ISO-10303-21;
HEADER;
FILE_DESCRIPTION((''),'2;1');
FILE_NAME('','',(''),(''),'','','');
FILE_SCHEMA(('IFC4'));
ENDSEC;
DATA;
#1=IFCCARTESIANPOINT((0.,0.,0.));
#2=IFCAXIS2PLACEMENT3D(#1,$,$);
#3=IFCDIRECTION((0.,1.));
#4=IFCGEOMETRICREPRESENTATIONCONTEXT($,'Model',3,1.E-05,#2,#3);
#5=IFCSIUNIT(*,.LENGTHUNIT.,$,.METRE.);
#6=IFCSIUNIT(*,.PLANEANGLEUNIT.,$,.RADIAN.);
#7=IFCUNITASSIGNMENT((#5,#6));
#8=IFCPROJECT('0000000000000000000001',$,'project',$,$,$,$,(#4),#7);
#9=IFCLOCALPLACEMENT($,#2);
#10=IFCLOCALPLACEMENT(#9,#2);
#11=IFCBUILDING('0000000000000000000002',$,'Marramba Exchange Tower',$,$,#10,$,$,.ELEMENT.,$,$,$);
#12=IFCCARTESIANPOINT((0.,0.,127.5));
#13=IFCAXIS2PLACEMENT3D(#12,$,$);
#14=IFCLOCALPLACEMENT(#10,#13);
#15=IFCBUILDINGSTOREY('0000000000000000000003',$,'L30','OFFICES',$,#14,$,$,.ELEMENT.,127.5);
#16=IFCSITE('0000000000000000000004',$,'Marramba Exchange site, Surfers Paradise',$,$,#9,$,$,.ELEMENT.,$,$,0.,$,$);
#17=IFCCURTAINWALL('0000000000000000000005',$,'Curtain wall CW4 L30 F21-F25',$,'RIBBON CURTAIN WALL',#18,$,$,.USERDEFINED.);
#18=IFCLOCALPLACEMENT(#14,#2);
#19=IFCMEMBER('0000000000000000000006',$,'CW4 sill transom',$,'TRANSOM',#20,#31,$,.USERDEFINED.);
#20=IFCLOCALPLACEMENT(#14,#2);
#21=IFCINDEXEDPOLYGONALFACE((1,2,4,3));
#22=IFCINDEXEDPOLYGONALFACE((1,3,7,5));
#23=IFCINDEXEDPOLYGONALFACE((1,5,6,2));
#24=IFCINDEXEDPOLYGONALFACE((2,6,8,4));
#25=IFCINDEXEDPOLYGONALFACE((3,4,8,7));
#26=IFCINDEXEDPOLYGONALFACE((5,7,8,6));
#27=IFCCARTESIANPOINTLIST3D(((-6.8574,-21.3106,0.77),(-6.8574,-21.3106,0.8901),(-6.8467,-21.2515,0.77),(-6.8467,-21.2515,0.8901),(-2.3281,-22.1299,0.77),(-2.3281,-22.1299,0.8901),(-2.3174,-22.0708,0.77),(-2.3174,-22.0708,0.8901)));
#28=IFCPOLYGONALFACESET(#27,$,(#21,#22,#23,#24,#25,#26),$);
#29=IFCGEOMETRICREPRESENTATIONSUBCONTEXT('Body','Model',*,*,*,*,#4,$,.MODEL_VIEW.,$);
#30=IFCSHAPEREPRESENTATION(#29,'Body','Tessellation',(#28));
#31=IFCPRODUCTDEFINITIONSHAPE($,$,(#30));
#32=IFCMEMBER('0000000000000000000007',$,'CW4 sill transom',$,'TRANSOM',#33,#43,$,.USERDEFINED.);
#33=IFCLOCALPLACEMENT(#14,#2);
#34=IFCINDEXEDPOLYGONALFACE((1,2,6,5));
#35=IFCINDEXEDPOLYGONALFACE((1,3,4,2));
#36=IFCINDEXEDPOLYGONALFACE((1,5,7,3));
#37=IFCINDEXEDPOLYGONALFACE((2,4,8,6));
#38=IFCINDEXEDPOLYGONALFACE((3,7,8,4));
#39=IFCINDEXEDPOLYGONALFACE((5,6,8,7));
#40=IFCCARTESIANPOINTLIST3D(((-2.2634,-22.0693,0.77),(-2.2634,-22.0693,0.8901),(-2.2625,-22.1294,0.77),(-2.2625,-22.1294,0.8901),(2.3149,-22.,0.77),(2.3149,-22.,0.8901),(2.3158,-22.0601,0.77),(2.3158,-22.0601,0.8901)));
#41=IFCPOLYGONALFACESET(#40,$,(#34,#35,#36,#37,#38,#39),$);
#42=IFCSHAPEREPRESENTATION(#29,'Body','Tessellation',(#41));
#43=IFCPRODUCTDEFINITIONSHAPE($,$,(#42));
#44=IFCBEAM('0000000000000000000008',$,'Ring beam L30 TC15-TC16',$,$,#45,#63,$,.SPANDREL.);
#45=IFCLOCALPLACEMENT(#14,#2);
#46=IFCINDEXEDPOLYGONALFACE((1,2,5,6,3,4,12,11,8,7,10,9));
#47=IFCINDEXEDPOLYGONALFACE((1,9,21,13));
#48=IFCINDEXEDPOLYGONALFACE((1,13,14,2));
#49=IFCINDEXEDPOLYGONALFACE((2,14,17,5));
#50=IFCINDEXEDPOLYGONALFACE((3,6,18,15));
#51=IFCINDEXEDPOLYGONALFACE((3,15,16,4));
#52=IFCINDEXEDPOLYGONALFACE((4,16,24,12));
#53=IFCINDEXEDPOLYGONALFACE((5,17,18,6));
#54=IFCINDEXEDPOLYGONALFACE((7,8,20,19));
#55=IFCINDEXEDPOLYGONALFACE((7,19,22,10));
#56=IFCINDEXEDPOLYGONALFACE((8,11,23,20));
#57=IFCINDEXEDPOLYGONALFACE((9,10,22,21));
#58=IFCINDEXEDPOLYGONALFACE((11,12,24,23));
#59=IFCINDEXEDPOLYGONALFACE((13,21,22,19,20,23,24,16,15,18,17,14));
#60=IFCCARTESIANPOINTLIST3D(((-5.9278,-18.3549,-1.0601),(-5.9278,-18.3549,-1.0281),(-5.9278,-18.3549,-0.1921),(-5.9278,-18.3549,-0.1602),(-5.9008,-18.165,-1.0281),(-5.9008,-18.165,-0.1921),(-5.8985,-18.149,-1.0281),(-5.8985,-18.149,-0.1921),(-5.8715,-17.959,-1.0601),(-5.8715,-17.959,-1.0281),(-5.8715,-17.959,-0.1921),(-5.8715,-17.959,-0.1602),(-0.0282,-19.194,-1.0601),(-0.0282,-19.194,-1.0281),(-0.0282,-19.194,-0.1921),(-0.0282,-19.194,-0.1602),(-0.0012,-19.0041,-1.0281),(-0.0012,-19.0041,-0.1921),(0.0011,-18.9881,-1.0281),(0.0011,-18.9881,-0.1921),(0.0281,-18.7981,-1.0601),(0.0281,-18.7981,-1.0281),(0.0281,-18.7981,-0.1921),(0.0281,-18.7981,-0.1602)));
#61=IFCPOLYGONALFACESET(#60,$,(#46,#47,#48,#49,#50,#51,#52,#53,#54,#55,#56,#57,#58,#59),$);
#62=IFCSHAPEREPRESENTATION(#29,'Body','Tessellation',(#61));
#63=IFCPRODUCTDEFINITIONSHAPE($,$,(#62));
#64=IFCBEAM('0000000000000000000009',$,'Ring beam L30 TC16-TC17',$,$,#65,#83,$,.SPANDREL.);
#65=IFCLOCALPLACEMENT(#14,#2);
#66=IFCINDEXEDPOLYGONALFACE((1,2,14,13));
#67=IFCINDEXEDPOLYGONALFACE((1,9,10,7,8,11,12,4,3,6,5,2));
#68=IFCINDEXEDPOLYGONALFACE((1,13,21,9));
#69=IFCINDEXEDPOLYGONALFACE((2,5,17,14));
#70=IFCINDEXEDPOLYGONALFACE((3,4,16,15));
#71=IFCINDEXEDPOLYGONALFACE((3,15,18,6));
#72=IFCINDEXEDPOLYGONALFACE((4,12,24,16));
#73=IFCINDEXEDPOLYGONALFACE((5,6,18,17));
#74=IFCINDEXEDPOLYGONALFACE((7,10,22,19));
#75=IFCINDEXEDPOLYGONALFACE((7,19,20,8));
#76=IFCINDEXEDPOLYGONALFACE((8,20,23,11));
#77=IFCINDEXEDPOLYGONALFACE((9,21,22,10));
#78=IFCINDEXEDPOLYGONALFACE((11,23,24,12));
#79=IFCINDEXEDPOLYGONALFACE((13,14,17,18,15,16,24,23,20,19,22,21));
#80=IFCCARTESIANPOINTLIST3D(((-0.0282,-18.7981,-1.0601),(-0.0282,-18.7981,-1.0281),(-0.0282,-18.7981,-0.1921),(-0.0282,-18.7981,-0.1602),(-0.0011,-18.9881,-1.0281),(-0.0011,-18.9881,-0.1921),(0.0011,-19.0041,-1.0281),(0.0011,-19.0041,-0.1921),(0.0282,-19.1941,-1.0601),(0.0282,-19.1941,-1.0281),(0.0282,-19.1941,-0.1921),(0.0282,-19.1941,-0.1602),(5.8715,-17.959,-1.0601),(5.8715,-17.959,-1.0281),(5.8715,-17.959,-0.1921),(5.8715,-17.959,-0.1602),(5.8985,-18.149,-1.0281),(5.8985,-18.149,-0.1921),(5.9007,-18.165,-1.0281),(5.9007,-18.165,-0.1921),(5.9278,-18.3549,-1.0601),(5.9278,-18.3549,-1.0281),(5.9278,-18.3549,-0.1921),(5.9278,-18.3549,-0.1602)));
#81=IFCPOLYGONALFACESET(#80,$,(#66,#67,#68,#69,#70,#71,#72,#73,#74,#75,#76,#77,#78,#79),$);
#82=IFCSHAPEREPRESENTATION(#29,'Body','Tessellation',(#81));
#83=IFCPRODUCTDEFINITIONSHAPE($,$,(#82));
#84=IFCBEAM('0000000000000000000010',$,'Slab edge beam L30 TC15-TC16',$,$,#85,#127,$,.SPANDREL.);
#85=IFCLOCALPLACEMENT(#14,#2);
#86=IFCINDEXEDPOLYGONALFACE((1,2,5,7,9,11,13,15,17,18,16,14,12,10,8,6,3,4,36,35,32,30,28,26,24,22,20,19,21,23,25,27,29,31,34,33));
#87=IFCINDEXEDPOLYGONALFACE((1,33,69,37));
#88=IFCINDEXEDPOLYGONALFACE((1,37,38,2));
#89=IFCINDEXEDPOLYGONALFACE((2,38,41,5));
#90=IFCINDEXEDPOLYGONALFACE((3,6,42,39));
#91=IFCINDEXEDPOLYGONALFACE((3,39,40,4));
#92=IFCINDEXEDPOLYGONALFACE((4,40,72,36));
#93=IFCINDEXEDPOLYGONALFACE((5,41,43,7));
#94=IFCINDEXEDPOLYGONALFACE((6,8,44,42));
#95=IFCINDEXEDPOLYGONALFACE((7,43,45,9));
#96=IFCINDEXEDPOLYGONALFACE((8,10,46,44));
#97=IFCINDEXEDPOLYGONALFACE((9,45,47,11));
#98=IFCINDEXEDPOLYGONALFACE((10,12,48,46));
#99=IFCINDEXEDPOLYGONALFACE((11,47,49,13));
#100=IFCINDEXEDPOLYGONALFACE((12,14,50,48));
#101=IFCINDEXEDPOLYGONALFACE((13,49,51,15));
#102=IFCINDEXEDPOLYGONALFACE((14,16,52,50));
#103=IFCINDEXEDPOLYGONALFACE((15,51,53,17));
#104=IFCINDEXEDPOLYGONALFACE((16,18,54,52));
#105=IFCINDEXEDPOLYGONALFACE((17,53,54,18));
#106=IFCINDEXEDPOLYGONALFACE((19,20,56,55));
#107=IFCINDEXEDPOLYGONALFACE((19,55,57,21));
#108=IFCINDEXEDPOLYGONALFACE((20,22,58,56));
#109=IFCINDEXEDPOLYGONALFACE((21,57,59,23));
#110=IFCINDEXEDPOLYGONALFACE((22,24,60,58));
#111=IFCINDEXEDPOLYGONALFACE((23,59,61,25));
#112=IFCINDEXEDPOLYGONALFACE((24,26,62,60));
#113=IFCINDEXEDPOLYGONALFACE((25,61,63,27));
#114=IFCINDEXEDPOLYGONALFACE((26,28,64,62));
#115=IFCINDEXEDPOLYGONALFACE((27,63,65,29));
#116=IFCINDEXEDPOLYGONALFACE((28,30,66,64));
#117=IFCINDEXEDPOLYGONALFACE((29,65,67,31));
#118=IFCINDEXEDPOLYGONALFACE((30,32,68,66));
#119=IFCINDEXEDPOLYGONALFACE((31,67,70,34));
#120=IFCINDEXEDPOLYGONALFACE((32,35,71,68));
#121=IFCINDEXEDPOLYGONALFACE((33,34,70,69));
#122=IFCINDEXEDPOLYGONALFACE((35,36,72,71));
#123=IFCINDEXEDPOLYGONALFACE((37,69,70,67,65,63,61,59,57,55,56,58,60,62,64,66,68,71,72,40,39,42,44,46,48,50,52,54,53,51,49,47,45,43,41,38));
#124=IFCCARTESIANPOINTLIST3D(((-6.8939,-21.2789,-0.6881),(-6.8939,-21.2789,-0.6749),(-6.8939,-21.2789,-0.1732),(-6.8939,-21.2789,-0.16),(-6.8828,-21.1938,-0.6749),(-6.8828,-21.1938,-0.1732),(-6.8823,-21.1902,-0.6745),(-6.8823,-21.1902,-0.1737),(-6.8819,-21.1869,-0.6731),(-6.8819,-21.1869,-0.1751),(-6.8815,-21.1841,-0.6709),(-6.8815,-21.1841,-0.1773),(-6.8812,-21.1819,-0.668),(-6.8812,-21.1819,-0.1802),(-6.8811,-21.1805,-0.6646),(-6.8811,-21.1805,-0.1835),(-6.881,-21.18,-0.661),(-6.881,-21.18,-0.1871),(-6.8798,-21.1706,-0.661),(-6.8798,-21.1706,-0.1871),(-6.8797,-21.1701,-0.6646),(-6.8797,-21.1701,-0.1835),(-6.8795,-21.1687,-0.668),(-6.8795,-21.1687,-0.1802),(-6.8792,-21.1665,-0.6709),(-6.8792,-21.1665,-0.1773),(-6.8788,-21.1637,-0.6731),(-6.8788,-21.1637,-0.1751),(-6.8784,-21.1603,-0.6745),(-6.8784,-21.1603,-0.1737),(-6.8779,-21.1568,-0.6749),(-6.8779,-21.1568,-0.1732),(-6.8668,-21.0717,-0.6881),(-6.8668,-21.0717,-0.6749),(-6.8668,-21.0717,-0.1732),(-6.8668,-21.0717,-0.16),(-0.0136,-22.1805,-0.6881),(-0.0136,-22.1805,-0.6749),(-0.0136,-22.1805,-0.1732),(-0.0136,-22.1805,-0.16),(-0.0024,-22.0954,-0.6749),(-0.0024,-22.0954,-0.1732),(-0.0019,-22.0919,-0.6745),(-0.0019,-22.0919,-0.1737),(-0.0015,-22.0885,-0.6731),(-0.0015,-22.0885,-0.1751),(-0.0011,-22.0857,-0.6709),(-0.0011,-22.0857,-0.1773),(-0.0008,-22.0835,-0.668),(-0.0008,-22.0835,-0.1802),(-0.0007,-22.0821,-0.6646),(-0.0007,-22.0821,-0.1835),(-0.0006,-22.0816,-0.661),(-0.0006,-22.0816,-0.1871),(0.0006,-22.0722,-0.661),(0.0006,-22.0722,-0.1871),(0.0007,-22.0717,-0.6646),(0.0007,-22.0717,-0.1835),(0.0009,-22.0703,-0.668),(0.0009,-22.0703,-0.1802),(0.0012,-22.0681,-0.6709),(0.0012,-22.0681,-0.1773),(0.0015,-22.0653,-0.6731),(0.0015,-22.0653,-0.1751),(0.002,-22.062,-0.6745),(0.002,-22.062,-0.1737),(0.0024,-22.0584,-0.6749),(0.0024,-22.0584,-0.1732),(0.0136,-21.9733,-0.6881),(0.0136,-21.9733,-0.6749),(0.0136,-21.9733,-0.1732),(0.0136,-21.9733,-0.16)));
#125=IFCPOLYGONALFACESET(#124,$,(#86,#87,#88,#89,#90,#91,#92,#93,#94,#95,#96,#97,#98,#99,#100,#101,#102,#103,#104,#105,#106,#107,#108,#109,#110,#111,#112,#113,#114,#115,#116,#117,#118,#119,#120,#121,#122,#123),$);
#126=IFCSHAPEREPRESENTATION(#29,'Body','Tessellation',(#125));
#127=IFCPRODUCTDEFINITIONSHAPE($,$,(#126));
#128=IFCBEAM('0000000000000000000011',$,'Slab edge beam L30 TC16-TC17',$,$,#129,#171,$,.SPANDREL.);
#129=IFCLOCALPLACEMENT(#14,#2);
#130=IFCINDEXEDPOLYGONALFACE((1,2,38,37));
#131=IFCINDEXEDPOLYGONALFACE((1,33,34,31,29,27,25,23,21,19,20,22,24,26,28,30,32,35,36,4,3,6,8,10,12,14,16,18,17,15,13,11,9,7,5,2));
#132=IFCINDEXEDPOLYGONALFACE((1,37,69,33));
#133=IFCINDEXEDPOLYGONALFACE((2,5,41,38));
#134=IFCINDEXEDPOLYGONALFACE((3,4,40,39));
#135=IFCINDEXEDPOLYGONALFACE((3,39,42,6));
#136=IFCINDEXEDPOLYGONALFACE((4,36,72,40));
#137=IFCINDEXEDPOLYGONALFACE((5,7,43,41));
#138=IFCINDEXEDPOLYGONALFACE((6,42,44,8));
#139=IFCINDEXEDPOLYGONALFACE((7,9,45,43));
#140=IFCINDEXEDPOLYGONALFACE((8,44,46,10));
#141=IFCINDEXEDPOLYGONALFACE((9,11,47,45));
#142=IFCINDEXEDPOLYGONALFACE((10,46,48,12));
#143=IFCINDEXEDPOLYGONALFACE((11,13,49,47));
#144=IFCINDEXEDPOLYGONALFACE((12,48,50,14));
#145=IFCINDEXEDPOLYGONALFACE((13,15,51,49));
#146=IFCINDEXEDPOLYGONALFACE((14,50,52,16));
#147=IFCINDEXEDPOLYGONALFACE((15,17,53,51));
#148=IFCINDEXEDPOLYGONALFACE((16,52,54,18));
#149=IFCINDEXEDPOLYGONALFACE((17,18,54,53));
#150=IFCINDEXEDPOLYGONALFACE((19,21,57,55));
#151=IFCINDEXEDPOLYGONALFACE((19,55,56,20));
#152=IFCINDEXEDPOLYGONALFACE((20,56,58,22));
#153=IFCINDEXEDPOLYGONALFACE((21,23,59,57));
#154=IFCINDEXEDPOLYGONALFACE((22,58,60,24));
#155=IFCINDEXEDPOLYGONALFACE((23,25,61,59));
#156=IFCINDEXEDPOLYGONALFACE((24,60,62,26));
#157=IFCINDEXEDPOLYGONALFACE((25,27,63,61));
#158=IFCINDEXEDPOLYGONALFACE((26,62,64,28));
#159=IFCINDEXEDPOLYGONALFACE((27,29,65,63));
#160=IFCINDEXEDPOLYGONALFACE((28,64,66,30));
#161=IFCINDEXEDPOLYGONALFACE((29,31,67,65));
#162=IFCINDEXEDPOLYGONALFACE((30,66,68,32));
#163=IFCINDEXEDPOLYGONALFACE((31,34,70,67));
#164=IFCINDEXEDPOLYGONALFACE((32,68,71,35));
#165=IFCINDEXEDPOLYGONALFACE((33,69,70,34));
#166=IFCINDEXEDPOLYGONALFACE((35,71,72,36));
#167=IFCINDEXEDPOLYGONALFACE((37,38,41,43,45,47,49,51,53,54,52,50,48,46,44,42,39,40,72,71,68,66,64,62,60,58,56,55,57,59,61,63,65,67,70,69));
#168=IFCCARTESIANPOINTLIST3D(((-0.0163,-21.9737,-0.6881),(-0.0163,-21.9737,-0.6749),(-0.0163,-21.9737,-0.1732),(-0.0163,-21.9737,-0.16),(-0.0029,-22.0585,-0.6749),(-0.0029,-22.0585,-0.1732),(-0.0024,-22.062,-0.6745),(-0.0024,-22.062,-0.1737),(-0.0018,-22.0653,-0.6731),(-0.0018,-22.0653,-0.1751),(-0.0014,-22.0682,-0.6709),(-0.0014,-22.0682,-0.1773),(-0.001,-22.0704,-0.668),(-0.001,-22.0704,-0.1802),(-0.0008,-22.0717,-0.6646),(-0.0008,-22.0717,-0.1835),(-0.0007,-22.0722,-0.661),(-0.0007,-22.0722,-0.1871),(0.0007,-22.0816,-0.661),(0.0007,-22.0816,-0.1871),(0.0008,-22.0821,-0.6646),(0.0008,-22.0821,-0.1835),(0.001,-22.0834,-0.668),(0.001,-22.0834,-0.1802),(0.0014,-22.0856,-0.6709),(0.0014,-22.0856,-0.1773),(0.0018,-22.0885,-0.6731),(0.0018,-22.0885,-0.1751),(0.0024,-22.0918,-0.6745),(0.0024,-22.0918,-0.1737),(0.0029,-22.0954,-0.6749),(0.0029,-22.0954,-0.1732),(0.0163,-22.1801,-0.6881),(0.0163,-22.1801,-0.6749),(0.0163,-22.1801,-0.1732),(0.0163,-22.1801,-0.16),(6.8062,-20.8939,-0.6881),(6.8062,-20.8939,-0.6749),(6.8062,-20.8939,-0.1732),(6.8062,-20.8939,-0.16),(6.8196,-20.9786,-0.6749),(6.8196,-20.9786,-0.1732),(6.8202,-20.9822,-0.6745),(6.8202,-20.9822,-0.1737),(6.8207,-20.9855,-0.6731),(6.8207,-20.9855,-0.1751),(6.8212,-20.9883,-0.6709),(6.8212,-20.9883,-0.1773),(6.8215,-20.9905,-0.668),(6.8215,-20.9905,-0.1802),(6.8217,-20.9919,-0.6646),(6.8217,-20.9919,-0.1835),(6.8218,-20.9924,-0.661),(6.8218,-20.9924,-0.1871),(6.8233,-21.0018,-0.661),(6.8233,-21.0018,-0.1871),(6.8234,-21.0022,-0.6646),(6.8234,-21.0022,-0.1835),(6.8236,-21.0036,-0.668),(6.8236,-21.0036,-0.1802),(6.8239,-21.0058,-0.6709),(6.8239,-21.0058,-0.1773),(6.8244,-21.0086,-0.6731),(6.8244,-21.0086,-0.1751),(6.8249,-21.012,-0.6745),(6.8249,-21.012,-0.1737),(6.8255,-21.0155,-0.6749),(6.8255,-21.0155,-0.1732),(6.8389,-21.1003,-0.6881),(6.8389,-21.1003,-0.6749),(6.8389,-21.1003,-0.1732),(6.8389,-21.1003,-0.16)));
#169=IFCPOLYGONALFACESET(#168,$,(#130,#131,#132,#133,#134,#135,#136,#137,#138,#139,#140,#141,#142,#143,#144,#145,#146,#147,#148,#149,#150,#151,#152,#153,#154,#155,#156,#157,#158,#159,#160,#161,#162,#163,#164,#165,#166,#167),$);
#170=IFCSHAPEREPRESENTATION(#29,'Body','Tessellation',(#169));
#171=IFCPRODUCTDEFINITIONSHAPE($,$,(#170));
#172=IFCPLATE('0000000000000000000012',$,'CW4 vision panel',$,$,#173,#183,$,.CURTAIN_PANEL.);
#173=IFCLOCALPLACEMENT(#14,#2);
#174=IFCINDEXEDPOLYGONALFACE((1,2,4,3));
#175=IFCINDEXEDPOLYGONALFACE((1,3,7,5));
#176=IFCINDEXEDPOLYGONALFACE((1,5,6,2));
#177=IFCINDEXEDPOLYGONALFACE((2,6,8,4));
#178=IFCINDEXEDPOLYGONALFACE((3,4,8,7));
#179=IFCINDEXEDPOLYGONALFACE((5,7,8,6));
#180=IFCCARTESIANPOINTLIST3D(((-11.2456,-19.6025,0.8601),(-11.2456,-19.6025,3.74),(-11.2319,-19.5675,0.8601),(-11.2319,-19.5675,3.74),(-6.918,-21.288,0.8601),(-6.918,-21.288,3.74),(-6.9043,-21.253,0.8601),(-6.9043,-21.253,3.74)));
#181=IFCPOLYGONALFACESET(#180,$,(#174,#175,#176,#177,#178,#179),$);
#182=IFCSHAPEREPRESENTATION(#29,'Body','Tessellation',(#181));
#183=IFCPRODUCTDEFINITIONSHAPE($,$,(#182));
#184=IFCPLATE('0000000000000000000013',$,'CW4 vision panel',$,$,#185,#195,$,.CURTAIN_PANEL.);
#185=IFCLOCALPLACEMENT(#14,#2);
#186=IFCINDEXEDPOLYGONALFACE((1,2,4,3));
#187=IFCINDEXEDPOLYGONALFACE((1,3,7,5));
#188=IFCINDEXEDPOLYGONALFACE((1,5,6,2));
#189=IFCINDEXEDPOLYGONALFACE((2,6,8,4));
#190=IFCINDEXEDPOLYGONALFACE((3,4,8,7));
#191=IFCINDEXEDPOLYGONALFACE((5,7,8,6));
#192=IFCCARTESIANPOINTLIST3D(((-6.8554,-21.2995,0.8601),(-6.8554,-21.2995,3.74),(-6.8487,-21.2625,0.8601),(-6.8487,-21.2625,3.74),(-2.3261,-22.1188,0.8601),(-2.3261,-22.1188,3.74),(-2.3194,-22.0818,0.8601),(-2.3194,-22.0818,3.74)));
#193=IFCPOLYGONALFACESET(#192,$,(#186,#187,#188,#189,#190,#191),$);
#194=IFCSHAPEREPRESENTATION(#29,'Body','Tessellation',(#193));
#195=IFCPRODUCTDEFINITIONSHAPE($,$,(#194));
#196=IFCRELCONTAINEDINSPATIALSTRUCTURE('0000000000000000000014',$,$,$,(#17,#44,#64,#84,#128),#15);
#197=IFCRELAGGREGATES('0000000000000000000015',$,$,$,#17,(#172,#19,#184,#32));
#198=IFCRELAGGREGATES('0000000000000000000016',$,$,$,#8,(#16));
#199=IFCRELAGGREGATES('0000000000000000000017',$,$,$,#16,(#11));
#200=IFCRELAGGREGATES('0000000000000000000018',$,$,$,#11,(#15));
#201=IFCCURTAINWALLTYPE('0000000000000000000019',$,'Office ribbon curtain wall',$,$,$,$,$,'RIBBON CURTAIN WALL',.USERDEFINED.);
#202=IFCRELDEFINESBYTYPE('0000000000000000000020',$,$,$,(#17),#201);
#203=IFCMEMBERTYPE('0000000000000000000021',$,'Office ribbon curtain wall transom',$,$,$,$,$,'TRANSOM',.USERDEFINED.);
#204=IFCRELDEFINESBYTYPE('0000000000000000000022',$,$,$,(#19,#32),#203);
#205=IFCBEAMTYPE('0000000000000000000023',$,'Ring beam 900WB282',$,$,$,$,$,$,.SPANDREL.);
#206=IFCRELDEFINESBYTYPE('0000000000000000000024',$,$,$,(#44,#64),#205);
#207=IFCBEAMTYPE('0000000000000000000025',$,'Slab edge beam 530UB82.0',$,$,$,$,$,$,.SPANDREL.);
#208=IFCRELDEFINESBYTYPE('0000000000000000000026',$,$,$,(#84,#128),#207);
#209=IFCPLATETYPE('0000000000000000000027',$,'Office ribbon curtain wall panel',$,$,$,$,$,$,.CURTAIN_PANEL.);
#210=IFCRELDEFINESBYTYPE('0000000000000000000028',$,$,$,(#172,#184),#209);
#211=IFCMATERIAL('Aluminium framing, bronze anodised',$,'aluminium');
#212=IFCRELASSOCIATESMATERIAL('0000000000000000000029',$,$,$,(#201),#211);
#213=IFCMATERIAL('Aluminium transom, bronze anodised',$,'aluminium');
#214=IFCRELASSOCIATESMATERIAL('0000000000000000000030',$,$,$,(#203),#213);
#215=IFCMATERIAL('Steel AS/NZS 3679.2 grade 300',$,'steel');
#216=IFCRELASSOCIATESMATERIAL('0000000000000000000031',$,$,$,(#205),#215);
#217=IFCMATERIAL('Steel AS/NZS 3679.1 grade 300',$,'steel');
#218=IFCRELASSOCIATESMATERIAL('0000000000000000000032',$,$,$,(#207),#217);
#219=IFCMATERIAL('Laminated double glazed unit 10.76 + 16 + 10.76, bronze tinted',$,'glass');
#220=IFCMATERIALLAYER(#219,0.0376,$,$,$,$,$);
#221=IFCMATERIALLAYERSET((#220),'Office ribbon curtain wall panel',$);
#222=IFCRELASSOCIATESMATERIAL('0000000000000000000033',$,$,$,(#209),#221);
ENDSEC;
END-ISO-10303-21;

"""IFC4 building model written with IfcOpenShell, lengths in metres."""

from ifc_helpers import new_model, si_unit, direction, frame, origin, origin_2d, place, context, subcontext, project, spatial, rectangle, i_section, extrude, material, layer, layer_set, material_profile, profile_set, type_object, element, aggregate, save


model = new_model("IFC4")

# Units and contexts
model_context = context("Model", 3, precision=1e-05, world=origin(), true_north=direction((0.0, 1.0)))
body_context = subcontext(model_context, "Body", "Model", "MODEL_VIEW")
ifc_project = project(units=[si_unit("LENGTHUNIT", "METRE"), si_unit("PLANEANGLEUNIT", "RADIAN")], contexts=[model_context])

# Site, building, storey
site_placement = place(None, origin())
site = spatial("IfcSite", under=ifc_project, at=site_placement, Name="Marramba Exchange site, Surfers Paradise", CompositionType="ELEMENT", RefElevation=0.0)
building_placement = place(site_placement, origin())
building = spatial("IfcBuilding", under=site, at=building_placement, Name="Marramba Exchange Tower", CompositionType="ELEMENT")
storey_placement = place(building_placement, frame((0.0, 0.0, 127.5)))
storey = spatial("IfcBuildingStorey", under=building, at=storey_placement, Name="L30", Description="OFFICES", CompositionType="ELEMENT", Elevation=127.5)

# Shared definitions
ifc_material_1 = material(Name="Steel AS/NZS 3679.2 grade 300", Category="steel")
ifc_material_2 = material(Name="Steel AS/NZS 3679.1 grade 300", Category="steel")

# Curtain wall, members
ifc_material_3 = material(Name="Aluminium framing, bronze anodised", Category="aluminium")
curtain_wall_type = type_object("IfcCurtainWallType", Name="Office ribbon curtain wall", ElementType="RIBBON CURTAIN WALL", PredefinedType="USERDEFINED", material=ifc_material_3)
curtain_wall_placement = place(storey_placement, origin())
curtain_wall = element("IfcCurtainWall", 1, at=curtain_wall_placement, inside=storey, type_object=curtain_wall_type, Name="Curtain wall CW4 L30 F21-F25", ObjectType="RIBBON CURTAIN WALL", PredefinedType="USERDEFINED")
ifc_material_4 = material(Name="Aluminium transom, bronze anodised", Category="aluminium")
ifc_material_profile_1 = material_profile(ifc_material_4, rectangle(XDim=0.0601, YDim=0.1201, at=origin_2d()), Name="CW4 transom 60x120")
ifc_profile_set_1 = profile_set([ifc_material_profile_1], Name="Aluminium transom, bronze anodised")
member_type_1 = type_object("IfcMemberType", Name="Office ribbon curtain wall transom", ElementType="TRANSOM", PredefinedType="USERDEFINED", material=ifc_profile_set_1)
member_1_placement = place(storey_placement, frame((-6.8521, -21.281, 0.8301), z_axis=(0.984029, -0.178008, 0.0), x_axis=(0.178008, 0.984029, 0.0)))
member_1 = element("IfcMember", 2, at=member_1_placement, type_object=member_type_1, Name="CW4 sill transom", ObjectType="TRANSOM", PredefinedType="USERDEFINED", context=body_context, shape_type="SweptSolid", body=[
    extrude(rectangle(XDim=0.0601, YDim=0.1201, at=origin_2d()), origin(), (0.0, 0.0, 1.0), 4.6028),
])
member_2_placement = place(storey_placement, frame((-2.2629, -22.0994, 0.8301), z_axis=(0.999885, 0.015143, 0.0), x_axis=(-0.015143, 0.999885, 0.0)))
member_2 = element("IfcMember", 3, at=member_2_placement, type_object=member_type_1, Name="CW4 sill transom", ObjectType="TRANSOM", PredefinedType="USERDEFINED", context=body_context, shape_type="SweptSolid", body=[
    extrude(rectangle(XDim=0.0601, YDim=0.1201, at=origin_2d()), origin(), (0.0, 0.0, 1.0), 4.5789),
])

# Beams
ifc_material_profile_2 = material_profile(ifc_material_1, i_section(OverallWidth=0.3999, OverallDepth=0.8999, WebThickness=0.0161, FlangeThickness=0.032, at=origin_2d()), Name="900WB282")
ifc_profile_set_2 = profile_set([ifc_material_profile_2], Name="Steel AS/NZS 3679.2 grade 300")
beam_type_1 = type_object("IfcBeamType", Name="Ring beam 900WB282", PredefinedType="SPANDREL", material=ifc_profile_set_2)
for number, where, z_axis, x_axis, name in (
    (4, (-5.8997, -18.157, -0.6101), (0.990036, -0.140813, 0.0), (0.140813, 0.990036, 0.0), "Ring beam L30 TC15-TC16"),
    (5, (0.0, -18.9961, -0.6101), (0.990036, 0.140813, 0.0), (-0.140813, 0.990036, 0.0), "Ring beam L30 TC16-TC17"),
):
    element("IfcBeam", number, at=place(storey_placement, frame(where, z_axis=z_axis, x_axis=x_axis)), inside=storey, type_object=beam_type_1, Name=name, PredefinedType="SPANDREL", context=body_context, shape_type="SweptSolid", body=[
        extrude(i_section(OverallWidth=0.3999, OverallDepth=0.8999, WebThickness=0.0161, FlangeThickness=0.032, at=origin_2d()), origin(), (0.0, 0.0, 1.0), 5.959),
    ])
ifc_material_profile_3 = material_profile(ifc_material_2, i_section(OverallWidth=0.209, OverallDepth=0.5281, WebThickness=0.0095, FlangeThickness=0.0132, FilletRadius=0.0139, at=origin_2d()), Name="530UB82.0")
ifc_profile_set_3 = profile_set([ifc_material_profile_3], Name="Steel AS/NZS 3679.1 grade 300")
beam_type_2 = type_object("IfcBeamType", Name="Slab edge beam 530UB82.0", PredefinedType="SPANDREL", material=ifc_profile_set_3)
beam_1_placement = place(storey_placement, frame((-6.8804, -21.1753, -0.4241), z_axis=(0.991523, -0.12993, 0.0), x_axis=(0.12993, 0.991523, 0.0)))
element("IfcBeam", 6, at=beam_1_placement, inside=storey, type_object=beam_type_2, Name="Slab edge beam L30 TC15-TC16", PredefinedType="SPANDREL", context=body_context, shape_type="SweptSolid", body=[
    extrude(i_section(OverallWidth=0.209, OverallDepth=0.5281, WebThickness=0.0095, FlangeThickness=0.0132, FilletRadius=0.0139, at=origin_2d()), origin(), (0.0, 0.0, 1.0), 6.9392),
])
beam_2_placement = place(storey_placement, frame((0.0, -22.0769, -0.4241), z_axis=(0.987705, 0.156329, 0.0), x_axis=(-0.156329, 0.987705, 0.0)))
element("IfcBeam", 7, at=beam_2_placement, inside=storey, type_object=beam_type_2, Name="Slab edge beam L30 TC16-TC17", PredefinedType="SPANDREL", context=body_context, shape_type="SweptSolid", body=[
    extrude(i_section(OverallWidth=0.209, OverallDepth=0.5281, WebThickness=0.0095, FlangeThickness=0.0132, FilletRadius=0.0139, at=origin_2d()), origin(), (0.0, 0.0, 1.0), 6.9075),
])

# Plates
ifc_material_5 = material(Name="Laminated double glazed unit 10.76 + 16 + 10.76, bronze tinted", Category="glass")
ifc_layer_1 = layer(ifc_material_5, 0.0376)
ifc_layer_set_1 = layer_set([ifc_layer_1], Name="Office ribbon curtain wall panel")
plate_type = type_object("IfcPlateType", Name="Office ribbon curtain wall panel", PredefinedType="CURTAIN_PANEL", material=ifc_layer_set_1)
plate_1_placement = place(storey_placement, frame((-9.075, -20.4277, 0.8601), z_axis=(0.0, 0.0, 1.0), x_axis=(0.931818, -0.362925, 0.0)))
plate_1 = element("IfcPlate", 8, at=plate_1_placement, type_object=plate_type, Name="CW4 vision panel", PredefinedType="CURTAIN_PANEL", context=body_context, shape_type="SweptSolid", body=[
    extrude(rectangle(XDim=4.6443, YDim=0.0376, at=origin_2d()), origin(), (0.0, 0.0, 1.0), 2.8799),
])
plate_2_placement = place(storey_placement, frame((-4.5874, -21.6907, 0.8601), z_axis=(0.0, 0.0, 1.0), x_axis=(0.984032, -0.177992, 0.0)))
plate_2 = element("IfcPlate", 9, at=plate_2_placement, type_object=plate_type, Name="CW4 vision panel", PredefinedType="CURTAIN_PANEL", context=body_context, shape_type="SweptSolid", body=[
    extrude(rectangle(XDim=4.6028, YDim=0.0376, at=origin_2d()), origin(), (0.0, 0.0, 1.0), 2.8799),
])
aggregate(curtain_wall, [plate_1, member_1, plate_2, member_2])

save(model, "model.ifc")
